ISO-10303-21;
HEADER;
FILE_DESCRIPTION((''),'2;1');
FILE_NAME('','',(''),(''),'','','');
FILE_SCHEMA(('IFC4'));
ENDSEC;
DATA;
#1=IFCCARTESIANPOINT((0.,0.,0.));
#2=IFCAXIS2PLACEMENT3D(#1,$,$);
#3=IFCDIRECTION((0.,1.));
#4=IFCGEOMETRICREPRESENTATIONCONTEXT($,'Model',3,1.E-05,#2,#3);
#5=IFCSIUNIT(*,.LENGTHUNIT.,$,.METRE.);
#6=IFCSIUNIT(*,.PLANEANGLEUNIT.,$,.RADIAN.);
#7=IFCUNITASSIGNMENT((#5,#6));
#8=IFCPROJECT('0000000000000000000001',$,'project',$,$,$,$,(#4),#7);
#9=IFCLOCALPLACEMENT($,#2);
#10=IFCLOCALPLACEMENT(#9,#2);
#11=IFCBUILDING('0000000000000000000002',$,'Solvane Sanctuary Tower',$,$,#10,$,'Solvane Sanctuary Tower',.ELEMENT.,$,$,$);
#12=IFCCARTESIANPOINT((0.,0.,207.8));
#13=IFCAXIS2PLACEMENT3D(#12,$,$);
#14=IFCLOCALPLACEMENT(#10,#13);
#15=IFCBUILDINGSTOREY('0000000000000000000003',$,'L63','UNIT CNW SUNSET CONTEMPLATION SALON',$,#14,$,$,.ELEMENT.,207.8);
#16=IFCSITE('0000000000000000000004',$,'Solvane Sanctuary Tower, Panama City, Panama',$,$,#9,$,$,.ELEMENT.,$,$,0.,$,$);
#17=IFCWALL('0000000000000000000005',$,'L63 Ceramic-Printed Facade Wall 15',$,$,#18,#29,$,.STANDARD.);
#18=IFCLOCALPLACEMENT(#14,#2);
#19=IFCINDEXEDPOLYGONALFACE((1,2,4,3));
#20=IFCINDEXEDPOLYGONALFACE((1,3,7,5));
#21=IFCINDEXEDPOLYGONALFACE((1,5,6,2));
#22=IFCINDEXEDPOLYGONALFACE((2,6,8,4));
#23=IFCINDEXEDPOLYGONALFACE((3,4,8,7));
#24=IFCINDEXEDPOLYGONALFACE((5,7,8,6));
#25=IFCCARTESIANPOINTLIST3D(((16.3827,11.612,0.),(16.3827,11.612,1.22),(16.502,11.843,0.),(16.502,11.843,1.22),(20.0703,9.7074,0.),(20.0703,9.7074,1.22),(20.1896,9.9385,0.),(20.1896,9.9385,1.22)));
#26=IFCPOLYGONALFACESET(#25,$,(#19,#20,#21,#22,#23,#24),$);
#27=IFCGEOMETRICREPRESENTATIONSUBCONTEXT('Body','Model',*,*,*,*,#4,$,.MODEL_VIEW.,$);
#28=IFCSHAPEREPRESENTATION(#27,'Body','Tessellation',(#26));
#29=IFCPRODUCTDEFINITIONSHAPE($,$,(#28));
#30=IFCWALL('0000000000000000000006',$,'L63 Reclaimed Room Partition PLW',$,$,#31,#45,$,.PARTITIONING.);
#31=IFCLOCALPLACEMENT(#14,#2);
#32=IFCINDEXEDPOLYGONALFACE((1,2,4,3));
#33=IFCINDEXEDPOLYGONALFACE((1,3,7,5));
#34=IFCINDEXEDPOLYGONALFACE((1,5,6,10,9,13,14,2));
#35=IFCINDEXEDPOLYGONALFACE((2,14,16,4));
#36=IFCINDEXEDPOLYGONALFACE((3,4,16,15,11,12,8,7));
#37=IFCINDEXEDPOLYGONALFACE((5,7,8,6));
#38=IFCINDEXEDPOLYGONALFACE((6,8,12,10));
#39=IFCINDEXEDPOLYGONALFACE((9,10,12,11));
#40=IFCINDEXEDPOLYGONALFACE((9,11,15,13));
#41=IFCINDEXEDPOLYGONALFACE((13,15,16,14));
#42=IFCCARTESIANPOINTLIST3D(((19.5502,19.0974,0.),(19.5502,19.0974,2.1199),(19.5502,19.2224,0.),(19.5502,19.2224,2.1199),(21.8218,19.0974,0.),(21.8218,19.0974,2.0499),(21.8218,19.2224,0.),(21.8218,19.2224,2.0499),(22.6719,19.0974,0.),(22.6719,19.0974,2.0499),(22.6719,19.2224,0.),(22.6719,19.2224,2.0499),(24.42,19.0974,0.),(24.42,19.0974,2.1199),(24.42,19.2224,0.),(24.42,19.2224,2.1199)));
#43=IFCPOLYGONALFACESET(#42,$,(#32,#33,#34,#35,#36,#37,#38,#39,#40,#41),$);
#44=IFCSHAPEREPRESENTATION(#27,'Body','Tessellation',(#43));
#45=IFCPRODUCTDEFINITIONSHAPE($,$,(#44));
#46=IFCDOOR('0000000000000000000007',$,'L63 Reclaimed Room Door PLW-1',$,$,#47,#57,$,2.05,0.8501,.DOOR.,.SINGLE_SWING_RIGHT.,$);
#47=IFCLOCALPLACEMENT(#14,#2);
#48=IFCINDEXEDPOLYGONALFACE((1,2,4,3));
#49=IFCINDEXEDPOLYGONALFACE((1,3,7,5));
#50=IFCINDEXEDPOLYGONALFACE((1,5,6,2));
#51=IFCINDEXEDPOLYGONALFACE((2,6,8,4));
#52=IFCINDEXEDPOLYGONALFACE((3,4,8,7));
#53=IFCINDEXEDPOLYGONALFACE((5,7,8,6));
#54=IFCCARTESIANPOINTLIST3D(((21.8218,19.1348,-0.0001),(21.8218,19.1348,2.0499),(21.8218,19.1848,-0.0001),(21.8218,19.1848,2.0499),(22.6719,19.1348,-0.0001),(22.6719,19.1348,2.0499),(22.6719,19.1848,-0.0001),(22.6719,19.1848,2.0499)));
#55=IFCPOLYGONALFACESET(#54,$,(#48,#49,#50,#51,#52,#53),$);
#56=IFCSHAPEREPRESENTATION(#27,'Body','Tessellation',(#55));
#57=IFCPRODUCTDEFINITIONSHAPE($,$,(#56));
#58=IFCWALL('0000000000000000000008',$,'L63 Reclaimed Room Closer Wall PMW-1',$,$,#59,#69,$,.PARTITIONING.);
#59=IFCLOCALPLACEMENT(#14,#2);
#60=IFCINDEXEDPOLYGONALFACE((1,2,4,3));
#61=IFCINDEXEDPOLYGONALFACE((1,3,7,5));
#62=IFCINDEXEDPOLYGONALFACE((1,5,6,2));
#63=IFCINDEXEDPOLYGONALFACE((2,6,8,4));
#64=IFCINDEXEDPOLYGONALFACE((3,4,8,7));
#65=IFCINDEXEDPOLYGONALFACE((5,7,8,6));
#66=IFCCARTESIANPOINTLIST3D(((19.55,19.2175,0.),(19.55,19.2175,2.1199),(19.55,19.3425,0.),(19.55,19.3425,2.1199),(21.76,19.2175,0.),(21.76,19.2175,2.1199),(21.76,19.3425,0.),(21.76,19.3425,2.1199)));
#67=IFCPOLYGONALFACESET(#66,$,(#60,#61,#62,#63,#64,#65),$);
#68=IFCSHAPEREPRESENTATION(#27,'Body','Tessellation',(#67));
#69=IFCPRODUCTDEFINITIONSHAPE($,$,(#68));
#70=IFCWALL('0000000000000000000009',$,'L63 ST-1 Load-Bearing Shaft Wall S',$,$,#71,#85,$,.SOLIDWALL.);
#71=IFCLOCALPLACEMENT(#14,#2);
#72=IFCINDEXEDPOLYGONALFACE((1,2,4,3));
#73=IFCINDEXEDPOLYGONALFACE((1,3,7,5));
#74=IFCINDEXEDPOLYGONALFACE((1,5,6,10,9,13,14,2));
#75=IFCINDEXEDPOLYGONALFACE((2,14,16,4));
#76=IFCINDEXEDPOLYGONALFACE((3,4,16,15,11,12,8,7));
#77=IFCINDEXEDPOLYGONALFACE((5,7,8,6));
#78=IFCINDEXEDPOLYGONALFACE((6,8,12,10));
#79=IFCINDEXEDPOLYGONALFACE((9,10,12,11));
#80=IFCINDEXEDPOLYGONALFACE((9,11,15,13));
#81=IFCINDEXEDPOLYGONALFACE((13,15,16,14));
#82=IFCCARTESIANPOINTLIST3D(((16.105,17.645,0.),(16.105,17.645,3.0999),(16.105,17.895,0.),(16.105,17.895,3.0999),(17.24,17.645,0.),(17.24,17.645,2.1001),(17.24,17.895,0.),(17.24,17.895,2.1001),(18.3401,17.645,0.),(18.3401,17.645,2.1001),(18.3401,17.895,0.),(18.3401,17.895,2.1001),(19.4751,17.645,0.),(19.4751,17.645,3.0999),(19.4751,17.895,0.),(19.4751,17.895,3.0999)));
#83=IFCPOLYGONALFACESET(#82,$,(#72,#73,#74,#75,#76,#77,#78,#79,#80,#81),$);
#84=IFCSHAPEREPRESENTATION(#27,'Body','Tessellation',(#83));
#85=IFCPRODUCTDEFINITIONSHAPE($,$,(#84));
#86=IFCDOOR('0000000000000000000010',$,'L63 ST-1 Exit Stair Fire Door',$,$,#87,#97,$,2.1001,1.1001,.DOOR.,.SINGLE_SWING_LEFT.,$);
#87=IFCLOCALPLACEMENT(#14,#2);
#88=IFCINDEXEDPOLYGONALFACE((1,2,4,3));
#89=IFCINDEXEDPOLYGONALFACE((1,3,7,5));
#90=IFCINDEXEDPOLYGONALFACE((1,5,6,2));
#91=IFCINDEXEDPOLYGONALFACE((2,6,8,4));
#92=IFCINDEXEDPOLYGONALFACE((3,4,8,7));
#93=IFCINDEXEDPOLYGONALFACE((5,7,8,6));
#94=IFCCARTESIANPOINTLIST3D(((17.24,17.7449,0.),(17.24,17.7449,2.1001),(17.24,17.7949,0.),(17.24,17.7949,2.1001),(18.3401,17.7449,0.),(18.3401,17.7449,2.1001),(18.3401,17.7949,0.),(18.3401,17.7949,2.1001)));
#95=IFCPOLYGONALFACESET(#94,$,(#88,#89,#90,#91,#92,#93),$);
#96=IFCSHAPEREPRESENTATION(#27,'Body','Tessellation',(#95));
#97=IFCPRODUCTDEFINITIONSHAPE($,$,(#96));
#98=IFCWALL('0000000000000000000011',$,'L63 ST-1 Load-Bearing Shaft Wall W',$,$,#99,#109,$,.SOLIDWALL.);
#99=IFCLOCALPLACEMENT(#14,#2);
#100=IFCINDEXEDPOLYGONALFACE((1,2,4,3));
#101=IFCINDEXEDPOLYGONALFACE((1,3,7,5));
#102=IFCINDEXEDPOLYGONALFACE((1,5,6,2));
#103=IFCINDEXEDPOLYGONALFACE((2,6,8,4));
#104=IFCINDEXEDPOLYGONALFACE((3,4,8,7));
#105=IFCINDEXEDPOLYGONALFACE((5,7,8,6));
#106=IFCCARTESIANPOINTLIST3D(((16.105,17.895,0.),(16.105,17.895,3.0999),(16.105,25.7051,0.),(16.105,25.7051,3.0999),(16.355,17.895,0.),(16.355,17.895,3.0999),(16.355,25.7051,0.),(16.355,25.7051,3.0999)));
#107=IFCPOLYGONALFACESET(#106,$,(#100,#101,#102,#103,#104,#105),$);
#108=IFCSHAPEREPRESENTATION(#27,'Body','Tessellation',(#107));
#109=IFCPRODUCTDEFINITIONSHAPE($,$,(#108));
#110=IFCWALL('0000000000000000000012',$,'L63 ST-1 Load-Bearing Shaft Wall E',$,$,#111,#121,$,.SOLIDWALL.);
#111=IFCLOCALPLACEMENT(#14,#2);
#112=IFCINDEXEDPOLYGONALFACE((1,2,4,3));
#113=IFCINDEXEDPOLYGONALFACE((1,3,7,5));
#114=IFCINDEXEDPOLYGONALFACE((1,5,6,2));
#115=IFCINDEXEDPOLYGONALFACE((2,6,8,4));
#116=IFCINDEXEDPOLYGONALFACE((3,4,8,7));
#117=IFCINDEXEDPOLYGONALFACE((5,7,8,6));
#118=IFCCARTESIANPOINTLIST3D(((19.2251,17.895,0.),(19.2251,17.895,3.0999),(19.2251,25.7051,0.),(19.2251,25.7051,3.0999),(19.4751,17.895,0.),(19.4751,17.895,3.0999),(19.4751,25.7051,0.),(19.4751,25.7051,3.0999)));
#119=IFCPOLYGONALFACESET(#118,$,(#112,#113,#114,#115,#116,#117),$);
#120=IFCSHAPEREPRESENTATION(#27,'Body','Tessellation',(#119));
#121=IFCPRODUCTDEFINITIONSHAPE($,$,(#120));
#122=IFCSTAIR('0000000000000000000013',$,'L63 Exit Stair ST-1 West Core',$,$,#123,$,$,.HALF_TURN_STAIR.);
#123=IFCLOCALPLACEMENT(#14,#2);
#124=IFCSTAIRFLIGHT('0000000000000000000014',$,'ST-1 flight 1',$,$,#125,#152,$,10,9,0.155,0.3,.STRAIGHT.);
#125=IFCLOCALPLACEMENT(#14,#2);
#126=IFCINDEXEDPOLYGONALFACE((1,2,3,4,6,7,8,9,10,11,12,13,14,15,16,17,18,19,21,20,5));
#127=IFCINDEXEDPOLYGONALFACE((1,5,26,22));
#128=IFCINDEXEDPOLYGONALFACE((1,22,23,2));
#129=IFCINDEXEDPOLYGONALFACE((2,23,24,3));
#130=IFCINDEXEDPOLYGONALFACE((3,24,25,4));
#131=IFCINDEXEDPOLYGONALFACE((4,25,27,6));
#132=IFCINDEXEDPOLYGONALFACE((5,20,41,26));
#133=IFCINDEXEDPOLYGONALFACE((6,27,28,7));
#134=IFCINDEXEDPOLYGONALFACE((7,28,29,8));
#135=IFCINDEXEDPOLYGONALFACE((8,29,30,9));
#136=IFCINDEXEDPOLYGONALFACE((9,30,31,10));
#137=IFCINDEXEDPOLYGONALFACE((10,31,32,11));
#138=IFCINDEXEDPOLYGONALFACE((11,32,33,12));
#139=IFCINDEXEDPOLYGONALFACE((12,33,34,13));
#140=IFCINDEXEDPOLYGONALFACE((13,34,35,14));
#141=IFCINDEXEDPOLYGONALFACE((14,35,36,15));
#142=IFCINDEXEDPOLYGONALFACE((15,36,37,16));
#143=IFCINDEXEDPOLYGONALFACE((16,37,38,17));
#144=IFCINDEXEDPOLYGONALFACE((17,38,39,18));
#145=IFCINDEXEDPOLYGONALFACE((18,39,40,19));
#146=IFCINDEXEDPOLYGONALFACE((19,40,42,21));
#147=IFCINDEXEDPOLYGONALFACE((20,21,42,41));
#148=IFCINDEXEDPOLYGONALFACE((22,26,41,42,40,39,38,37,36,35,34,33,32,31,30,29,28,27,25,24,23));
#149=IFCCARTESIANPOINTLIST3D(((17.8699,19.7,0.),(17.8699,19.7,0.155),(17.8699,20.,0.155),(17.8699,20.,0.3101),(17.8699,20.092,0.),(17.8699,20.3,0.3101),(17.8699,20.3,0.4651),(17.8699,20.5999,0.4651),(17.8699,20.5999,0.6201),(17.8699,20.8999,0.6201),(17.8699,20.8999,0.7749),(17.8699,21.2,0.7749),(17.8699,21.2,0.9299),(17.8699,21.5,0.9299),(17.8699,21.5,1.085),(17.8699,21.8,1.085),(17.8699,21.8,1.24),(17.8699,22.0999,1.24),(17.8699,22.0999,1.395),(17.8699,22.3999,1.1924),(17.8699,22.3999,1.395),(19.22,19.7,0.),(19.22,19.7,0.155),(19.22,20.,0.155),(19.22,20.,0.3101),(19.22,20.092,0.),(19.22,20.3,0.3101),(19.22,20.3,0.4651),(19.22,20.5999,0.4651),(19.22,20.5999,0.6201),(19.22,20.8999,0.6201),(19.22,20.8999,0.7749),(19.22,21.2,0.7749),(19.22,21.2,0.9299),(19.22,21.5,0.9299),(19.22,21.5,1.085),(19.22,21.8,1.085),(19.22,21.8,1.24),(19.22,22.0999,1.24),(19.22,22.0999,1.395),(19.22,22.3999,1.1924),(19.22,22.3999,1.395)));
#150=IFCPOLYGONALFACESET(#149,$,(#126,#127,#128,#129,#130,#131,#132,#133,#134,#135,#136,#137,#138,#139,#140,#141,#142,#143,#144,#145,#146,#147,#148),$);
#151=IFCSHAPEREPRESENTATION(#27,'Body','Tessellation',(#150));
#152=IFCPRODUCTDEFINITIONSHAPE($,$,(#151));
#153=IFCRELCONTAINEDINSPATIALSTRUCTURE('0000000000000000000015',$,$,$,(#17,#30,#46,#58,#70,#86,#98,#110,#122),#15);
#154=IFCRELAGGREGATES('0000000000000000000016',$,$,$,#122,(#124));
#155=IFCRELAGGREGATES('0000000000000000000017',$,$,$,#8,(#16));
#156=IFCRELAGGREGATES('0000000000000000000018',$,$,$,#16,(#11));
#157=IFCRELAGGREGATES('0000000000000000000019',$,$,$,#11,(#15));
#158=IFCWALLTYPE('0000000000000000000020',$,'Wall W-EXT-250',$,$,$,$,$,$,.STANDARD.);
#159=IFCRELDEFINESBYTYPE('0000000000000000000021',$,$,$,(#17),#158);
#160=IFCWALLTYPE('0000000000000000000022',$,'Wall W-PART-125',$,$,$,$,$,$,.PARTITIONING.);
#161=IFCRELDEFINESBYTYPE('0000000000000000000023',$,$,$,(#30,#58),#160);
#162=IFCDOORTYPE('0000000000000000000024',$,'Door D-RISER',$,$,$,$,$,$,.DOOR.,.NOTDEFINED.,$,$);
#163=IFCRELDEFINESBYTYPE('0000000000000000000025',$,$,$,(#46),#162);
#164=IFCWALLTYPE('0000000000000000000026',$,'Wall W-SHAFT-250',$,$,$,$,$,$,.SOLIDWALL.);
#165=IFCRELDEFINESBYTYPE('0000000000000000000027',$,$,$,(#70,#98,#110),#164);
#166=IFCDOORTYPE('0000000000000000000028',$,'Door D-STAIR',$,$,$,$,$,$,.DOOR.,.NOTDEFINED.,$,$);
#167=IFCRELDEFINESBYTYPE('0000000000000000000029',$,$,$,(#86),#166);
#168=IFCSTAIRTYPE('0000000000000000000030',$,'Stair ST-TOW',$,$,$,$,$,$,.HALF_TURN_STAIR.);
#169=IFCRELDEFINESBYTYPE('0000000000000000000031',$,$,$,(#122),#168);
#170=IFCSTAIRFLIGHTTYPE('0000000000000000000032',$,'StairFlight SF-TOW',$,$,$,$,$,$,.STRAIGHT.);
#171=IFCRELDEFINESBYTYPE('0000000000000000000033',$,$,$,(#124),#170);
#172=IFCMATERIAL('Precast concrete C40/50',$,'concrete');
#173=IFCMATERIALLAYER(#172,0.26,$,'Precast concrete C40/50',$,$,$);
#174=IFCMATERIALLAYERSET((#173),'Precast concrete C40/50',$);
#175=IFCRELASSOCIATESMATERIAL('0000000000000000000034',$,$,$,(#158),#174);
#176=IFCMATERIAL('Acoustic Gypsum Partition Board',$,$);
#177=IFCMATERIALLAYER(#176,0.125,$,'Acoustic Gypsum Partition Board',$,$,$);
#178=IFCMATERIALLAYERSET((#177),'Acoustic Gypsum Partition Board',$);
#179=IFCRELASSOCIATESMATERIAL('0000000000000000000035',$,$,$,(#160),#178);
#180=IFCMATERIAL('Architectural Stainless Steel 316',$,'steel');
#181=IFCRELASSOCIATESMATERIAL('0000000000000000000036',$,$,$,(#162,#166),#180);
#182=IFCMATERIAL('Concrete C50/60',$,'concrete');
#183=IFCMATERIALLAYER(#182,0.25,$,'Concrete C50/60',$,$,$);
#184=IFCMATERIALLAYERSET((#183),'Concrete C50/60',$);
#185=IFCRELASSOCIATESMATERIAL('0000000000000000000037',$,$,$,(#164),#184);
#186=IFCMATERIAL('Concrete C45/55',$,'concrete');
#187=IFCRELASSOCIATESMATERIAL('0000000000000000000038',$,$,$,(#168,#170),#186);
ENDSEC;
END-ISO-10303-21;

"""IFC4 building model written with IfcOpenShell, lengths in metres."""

from ifc_helpers import new_model, si_unit, direction, frame, frame_2d, origin, place, context, subcontext, project, spatial, polyline, rectangle, outline, extrude, material, layer, layer_set, type_object, element, fill, aggregate, save


model = new_model("IFC4")

# Units and contexts
model_context = context("Model", 3, precision=1e-05, world=origin(), true_north=direction((0.0, 1.0)))
body_context = subcontext(model_context, "Body", "Model", "MODEL_VIEW")
ifc_project = project(units=[si_unit("LENGTHUNIT", "METRE"), si_unit("PLANEANGLEUNIT", "RADIAN")], contexts=[model_context])

# Site, building, storey
site_placement = place(None, origin())
site = spatial("IfcSite", under=ifc_project, at=site_placement, Name="Solvane Sanctuary Tower, Panama City, Panama", CompositionType="ELEMENT", RefElevation=0.0)
building_placement = place(site_placement, origin())
building = spatial("IfcBuilding", under=site, at=building_placement, Name="Solvane Sanctuary Tower", LongName="Solvane Sanctuary Tower", CompositionType="ELEMENT")
storey_placement = place(building_placement, frame((0.0, 0.0, 207.8)))
storey = spatial("IfcBuildingStorey", under=building, at=storey_placement, Name="L63", Description="UNIT CNW SUNSET CONTEMPLATION SALON", CompositionType="ELEMENT", Elevation=207.8)

# Shared definitions
ifc_material_1 = material(Name="Concrete C50/60", Category="concrete")

# Shared definitions
ifc_material_2 = material(Name="Acoustic Gypsum Partition Board")

# Wall
ifc_material_3 = material(Name="Precast concrete C40/50", Category="concrete")
ifc_layer_1 = layer(ifc_material_3, 0.26, Name="Precast concrete C40/50")
ifc_layer_set_1 = layer_set([ifc_layer_1], Name="Precast concrete C40/50")
wall_type_1 = type_object("IfcWallType", Name="Wall W-EXT-250", PredefinedType="STANDARD", material=ifc_layer_set_1)
wall_1_placement = place(storey_placement, frame((16.4424, 11.7275, 0.0), z_axis=(0.0, 0.0, 1.0), x_axis=(0.888491, -0.458893, 0.0)))
element("IfcWall", 1, at=wall_1_placement, inside=storey, type_object=wall_type_1, Name="L63 Ceramic-Printed Facade Wall 15", PredefinedType="STANDARD", context=body_context, shape_type="SweptSolid", body=[
    extrude(rectangle(XDim=4.1504, YDim=0.26, at=frame_2d((2.0752, 0.0))), origin(), (0.0, 0.0, 1.0), 1.22),
])

# Wall, opening, door
ifc_layer_2 = layer(ifc_material_2, 0.125, Name="Acoustic Gypsum Partition Board")
ifc_layer_set_2 = layer_set([ifc_layer_2], Name="Acoustic Gypsum Partition Board")
wall_type_2 = type_object("IfcWallType", Name="Wall W-PART-125", PredefinedType="PARTITIONING", material=ifc_layer_set_2)
wall_2_placement = place(storey_placement, frame((19.55, 19.1599, 0.0), z_axis=(0.0, 0.0, 1.0), x_axis=(1.0, 0.0, 0.0)))
wall_2 = element("IfcWall", 2, at=wall_2_placement, inside=storey, type_object=wall_type_2, Name="L63 Reclaimed Room Partition PLW", PredefinedType="PARTITIONING", context=body_context, shape_type="SweptSolid", body=[
    extrude(rectangle(XDim=4.8699, YDim=0.125, at=frame_2d((2.4351, 0.0))), origin(), (0.0, 0.0, 1.0), 2.1199),
])
opening_1_placement = place(wall_2_placement, frame((2.2717, 0.0, 0.0)))
opening_1 = element("IfcOpeningElement", 3, at=opening_1_placement, cuts=wall_2, PredefinedType="OPENING", context=body_context, shape_type="SweptSolid", body=[
    extrude(rectangle(XDim=0.8501, YDim=2.05, at=frame_2d((0.425, 1.0249))), frame((0.0, 0.0725, 0.0), z_axis=(0.0, -1.0, 0.0), x_axis=(1.0, 0.0, 0.0)), (0.0, 0.0, 1.0), 0.145),
])
ifc_material_4 = material(Name="Architectural Stainless Steel 316", Category="steel")
door_type_1 = type_object("IfcDoorType", Name="Door D-RISER", OperationType="NOTDEFINED", PredefinedType="DOOR", material=ifc_material_4)
door_1_placement = place(opening_1_placement, origin())
door_1 = element("IfcDoor", 4, at=door_1_placement, inside=storey, type_object=door_type_1, Name="L63 Reclaimed Room Door PLW-1", OperationType="SINGLE_SWING_RIGHT", OverallHeight=2.05, OverallWidth=0.8501, PredefinedType="DOOR", context=body_context, shape_type="SweptSolid", body=[
    extrude(rectangle(XDim=0.8501, YDim=2.05, at=frame_2d((0.425, 1.0249))), frame((0.0, 0.0249, 0.0), z_axis=(0.0, -1.0, 0.0), x_axis=(1.0, 0.0, 0.0)), (0.0, 0.0, 1.0), 0.05),
])
fill(opening_1, door_1)

# Wall
wall_3_placement = place(storey_placement, frame((19.55, 19.28, 0.0), z_axis=(0.0, 0.0, 1.0), x_axis=(1.0, 0.0, 0.0)))
element("IfcWall", 5, at=wall_3_placement, inside=storey, type_object=wall_type_2, Name="L63 Reclaimed Room Closer Wall PMW-1", PredefinedType="PARTITIONING", context=body_context, shape_type="SweptSolid", body=[
    extrude(rectangle(XDim=2.21, YDim=0.125, at=frame_2d((1.105, 0.0))), origin(), (0.0, 0.0, 1.0), 2.1199),
])

# Wall, opening, door
ifc_layer_3 = layer(ifc_material_1, 0.25, Name="Concrete C50/60")
ifc_layer_set_3 = layer_set([ifc_layer_3], Name="Concrete C50/60")
wall_type_3 = type_object("IfcWallType", Name="Wall W-SHAFT-250", PredefinedType="SOLIDWALL", material=ifc_layer_set_3)
wall_4_placement = place(storey_placement, frame((16.105, 17.77, 0.0), z_axis=(0.0, 0.0, 1.0), x_axis=(1.0, 0.0, 0.0)))
wall_4 = element("IfcWall", 6, at=wall_4_placement, inside=storey, type_object=wall_type_3, Name="L63 ST-1 Load-Bearing Shaft Wall S", PredefinedType="SOLIDWALL", context=body_context, shape_type="SweptSolid", body=[
    extrude(rectangle(XDim=3.3701, YDim=0.25, at=frame_2d((1.6851, 0.0))), origin(), (0.0, 0.0, 1.0), 3.0999),
])
opening_2_placement = place(wall_4_placement, frame((1.135, 0.0, 0.0)))
opening_2 = element("IfcOpeningElement", 7, at=opening_2_placement, cuts=wall_4, PredefinedType="OPENING", context=body_context, shape_type="SweptSolid", body=[
    extrude(rectangle(XDim=1.1001, YDim=2.1001, at=frame_2d((0.55, 1.05))), frame((0.0, 0.135, 0.0), z_axis=(0.0, -1.0, 0.0), x_axis=(1.0, 0.0, 0.0)), (0.0, 0.0, 1.0), 0.27),
])
door_type_2 = type_object("IfcDoorType", Name="Door D-STAIR", OperationType="NOTDEFINED", PredefinedType="DOOR", material=ifc_material_4)
door_2_placement = place(opening_2_placement, origin())
door_2 = element("IfcDoor", 8, at=door_2_placement, inside=storey, type_object=door_type_2, Name="L63 ST-1 Exit Stair Fire Door", OperationType="SINGLE_SWING_LEFT", OverallHeight=2.1001, OverallWidth=1.1001, PredefinedType="DOOR", context=body_context, shape_type="SweptSolid", body=[
    extrude(rectangle(XDim=1.1001, YDim=2.1001, at=frame_2d((0.55, 1.05))), frame((0.0, 0.0249, 0.0), z_axis=(0.0, -1.0, 0.0), x_axis=(1.0, 0.0, 0.0)), (0.0, 0.0, 1.0), 0.05),
])
fill(opening_2, door_2)

# Walls
for number, where, z_axis, x_axis, name in (
    (9, (16.23, 17.895, 0.0), (0.0, 0.0, 1.0), (0.0, 1.0, 0.0), "L63 ST-1 Load-Bearing Shaft Wall W"),
    (10, (19.3501, 17.895, 0.0), (0.0, 0.0, 1.0), (0.0, 1.0, 0.0), "L63 ST-1 Load-Bearing Shaft Wall E"),
):
    element("IfcWall", number, at=place(storey_placement, frame(where, z_axis=z_axis, x_axis=x_axis)), inside=storey, type_object=wall_type_3, Name=name, PredefinedType="SOLIDWALL", context=body_context, shape_type="SweptSolid", body=[
        extrude(rectangle(XDim=7.8101, YDim=0.25, at=frame_2d((3.905, 0.0))), origin(), (0.0, 0.0, 1.0), 3.0999),
    ])

# Stair, stair flight
ifc_material_5 = material(Name="Concrete C45/55", Category="concrete")
stair_type = type_object("IfcStairType", Name="Stair ST-TOW", PredefinedType="HALF_TURN_STAIR", material=ifc_material_5)
stair_placement = place(storey_placement, origin())
stair = element("IfcStair", 11, at=stair_placement, inside=storey, type_object=stair_type, Name="L63 Exit Stair ST-1 West Core", PredefinedType="HALF_TURN_STAIR")
stair_flight_type = type_object("IfcStairFlightType", Name="StairFlight SF-TOW", PredefinedType="STRAIGHT", material=ifc_material_5)
stair_flight_placement = place(storey_placement, frame((18.5449, 19.7, 0.0), z_axis=(0.0, 0.0, 1.0), x_axis=(0.0, 1.0, 0.0)))
stair_flight = element("IfcStairFlight", 12, at=stair_flight_placement, type_object=stair_flight_type, Name="ST-1 flight 1", NumberOfRisers=10, NumberOfTreads=9, PredefinedType="STRAIGHT", RiserHeight=0.155, TreadLength=0.3, context=body_context, shape_type="SweptSolid", body=[
    extrude(outline(polyline([(0.0, 0.0), (0.0, 0.155), (0.3, 0.155), (0.3, 0.3101), (0.6001, 0.3101), (0.6001, 0.4651), (0.8999, 0.4651), (0.8999, 0.6201), (1.2, 0.6201), (1.2, 0.7749), (1.5, 0.7749), (1.5, 0.9299), (1.8, 0.9299), (1.8, 1.085), (2.1001, 1.085), (2.1001, 1.24), (2.3999, 1.24), (2.3999, 1.395), (2.7, 1.395), (2.7, 1.55), (2.7, 1.1924), (0.3921, 0.0), (0.0, 0.0)])), frame((0.0, 0.675, 0.0), z_axis=(0.0, -1.0, 0.0), x_axis=(1.0, 0.0, 0.0)), (0.0, 0.0, 1.0), 1.3501),
])
aggregate(stair, [stair_flight])

save(model, "model.ifc")
